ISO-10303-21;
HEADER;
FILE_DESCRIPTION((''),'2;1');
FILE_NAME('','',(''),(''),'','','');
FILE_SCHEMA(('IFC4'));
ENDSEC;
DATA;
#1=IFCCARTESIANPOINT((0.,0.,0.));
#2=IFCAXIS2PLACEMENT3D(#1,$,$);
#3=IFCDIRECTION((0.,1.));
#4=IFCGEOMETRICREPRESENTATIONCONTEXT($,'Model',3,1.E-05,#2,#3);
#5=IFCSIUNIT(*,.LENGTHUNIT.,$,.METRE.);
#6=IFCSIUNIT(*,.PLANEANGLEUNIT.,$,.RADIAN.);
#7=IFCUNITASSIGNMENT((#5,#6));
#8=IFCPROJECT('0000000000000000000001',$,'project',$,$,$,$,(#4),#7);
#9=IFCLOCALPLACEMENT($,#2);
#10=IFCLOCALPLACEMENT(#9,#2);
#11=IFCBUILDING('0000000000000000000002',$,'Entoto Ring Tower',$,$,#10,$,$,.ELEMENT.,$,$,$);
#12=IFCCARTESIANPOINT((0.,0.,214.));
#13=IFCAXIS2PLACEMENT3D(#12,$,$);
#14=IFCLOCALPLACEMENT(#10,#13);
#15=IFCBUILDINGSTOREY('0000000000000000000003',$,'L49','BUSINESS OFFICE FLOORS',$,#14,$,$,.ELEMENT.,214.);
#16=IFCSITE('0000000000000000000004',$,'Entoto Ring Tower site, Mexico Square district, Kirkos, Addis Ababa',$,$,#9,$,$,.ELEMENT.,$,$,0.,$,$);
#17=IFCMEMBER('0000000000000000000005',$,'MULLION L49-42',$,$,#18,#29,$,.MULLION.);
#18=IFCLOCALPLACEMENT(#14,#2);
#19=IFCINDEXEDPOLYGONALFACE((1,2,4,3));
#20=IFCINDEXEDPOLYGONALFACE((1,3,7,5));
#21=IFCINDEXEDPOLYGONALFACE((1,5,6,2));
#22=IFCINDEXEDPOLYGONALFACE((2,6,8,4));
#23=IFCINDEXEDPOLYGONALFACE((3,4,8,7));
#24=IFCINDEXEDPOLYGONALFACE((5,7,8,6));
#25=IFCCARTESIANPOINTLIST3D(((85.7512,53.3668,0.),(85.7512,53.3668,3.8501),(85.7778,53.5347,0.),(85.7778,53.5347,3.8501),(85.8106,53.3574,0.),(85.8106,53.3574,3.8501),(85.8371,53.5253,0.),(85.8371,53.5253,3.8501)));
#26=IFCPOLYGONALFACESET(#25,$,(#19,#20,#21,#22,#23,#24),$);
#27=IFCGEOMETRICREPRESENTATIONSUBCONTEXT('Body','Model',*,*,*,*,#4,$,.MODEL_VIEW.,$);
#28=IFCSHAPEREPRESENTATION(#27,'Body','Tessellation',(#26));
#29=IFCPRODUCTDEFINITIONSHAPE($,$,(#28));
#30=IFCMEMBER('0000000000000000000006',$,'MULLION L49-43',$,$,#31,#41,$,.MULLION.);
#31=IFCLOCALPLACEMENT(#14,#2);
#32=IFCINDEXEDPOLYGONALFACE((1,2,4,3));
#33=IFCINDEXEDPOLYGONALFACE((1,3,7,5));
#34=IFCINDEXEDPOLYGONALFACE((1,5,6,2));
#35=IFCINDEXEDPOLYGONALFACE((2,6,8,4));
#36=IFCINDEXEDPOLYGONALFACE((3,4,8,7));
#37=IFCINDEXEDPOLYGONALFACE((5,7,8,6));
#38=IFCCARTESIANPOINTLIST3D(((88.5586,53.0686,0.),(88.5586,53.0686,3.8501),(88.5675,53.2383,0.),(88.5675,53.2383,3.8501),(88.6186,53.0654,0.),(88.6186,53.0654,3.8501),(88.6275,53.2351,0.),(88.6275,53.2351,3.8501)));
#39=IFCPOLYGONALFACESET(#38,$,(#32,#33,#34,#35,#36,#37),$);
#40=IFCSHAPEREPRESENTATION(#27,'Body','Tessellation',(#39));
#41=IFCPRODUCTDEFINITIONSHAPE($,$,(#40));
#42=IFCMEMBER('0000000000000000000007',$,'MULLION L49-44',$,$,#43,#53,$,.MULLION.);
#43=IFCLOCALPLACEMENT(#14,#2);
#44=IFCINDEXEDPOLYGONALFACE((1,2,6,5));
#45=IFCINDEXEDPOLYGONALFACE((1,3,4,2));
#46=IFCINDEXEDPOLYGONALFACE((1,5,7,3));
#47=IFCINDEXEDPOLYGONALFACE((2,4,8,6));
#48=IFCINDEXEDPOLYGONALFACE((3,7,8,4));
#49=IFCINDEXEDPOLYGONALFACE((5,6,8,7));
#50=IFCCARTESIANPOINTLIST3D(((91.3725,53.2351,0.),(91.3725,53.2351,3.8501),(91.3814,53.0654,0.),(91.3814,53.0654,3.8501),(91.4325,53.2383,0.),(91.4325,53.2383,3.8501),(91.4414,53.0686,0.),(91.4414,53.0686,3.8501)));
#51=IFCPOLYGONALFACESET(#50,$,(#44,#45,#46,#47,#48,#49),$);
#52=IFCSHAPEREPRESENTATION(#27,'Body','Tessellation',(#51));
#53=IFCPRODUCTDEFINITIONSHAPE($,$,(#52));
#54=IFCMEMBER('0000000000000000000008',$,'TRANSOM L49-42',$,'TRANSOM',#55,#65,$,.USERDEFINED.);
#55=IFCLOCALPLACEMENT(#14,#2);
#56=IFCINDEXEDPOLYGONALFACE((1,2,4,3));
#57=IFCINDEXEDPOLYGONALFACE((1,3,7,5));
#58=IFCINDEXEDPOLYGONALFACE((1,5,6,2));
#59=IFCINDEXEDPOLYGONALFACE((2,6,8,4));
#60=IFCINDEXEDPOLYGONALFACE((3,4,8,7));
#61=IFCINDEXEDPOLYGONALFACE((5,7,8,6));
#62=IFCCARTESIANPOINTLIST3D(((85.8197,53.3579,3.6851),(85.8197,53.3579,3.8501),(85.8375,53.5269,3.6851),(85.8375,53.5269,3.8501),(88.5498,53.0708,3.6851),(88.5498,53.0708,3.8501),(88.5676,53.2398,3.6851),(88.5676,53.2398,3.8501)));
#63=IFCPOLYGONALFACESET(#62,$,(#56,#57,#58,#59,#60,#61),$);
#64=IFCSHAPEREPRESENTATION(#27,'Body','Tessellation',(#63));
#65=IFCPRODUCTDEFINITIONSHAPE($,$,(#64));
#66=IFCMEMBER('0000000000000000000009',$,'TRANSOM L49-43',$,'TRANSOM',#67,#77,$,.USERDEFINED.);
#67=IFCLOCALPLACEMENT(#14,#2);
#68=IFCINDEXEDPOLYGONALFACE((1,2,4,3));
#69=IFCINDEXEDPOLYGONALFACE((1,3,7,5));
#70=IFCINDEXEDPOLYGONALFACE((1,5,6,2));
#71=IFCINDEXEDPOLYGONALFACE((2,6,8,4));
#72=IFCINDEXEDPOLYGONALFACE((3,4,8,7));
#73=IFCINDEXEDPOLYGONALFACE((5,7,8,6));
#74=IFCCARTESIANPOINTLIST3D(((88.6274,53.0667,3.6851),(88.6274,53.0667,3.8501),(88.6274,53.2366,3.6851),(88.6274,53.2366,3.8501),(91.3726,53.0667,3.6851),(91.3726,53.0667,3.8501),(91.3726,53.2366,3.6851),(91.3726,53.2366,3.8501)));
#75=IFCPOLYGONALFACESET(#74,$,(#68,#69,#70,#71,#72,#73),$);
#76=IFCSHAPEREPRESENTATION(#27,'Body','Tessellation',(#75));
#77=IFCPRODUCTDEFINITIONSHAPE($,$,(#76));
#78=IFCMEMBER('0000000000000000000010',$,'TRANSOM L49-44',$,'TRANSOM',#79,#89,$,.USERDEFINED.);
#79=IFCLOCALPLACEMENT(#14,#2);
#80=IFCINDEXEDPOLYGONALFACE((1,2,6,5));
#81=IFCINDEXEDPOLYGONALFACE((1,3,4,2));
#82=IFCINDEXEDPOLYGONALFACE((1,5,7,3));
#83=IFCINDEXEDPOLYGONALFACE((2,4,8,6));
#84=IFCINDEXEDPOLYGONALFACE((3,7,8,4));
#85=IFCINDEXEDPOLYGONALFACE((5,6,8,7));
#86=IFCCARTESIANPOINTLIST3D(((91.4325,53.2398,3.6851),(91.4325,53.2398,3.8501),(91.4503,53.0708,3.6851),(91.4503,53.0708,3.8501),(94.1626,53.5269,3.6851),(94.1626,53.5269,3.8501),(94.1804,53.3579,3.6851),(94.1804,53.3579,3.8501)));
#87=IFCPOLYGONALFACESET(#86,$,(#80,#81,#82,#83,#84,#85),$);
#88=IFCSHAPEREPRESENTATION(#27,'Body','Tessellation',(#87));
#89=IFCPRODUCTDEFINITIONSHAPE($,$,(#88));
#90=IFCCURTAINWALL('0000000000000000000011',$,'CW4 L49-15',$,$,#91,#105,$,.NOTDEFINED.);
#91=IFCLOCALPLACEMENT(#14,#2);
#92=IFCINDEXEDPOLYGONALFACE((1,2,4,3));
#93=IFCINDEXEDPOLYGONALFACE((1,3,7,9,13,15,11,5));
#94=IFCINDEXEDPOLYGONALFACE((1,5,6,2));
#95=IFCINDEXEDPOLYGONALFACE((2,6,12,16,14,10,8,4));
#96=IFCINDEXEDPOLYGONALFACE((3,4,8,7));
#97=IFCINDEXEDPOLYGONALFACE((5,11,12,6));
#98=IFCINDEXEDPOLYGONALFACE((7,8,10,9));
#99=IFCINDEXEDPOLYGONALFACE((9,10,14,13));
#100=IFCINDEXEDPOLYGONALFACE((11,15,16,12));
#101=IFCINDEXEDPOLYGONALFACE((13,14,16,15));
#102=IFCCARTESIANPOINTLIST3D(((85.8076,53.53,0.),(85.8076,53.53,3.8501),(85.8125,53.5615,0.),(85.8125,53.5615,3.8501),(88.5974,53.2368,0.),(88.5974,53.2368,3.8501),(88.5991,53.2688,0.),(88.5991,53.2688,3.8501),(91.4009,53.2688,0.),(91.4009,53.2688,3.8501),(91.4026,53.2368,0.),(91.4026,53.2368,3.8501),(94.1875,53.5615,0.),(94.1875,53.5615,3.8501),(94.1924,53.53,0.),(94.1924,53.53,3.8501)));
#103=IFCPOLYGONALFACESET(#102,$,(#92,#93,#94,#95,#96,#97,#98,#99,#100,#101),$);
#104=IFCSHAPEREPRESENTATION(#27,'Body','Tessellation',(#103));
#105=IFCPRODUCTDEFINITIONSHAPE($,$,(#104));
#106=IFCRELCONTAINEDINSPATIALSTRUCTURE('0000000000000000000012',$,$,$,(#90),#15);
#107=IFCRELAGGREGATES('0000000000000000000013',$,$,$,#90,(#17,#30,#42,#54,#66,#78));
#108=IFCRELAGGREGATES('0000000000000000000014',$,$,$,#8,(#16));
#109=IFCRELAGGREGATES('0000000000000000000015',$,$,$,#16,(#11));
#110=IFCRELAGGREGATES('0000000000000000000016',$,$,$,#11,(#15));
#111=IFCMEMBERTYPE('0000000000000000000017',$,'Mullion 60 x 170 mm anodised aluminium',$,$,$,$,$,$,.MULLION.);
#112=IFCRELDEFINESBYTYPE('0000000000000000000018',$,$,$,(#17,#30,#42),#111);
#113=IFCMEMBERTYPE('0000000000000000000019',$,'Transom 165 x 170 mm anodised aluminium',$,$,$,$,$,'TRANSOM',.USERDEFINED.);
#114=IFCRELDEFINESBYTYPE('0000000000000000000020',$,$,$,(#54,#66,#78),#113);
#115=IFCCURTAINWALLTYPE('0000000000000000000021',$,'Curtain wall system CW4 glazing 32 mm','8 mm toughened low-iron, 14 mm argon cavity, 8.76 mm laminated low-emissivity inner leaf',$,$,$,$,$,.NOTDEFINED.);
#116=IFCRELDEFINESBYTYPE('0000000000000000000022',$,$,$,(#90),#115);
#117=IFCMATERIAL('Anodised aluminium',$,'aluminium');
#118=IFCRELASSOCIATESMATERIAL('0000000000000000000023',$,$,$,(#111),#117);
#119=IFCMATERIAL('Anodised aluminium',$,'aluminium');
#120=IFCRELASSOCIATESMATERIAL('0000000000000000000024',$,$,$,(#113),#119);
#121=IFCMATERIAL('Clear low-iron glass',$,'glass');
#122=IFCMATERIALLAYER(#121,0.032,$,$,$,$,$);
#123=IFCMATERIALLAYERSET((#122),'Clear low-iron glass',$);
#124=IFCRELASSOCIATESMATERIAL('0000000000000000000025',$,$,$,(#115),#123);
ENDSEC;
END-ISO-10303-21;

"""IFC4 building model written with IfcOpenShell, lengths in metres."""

from ifc_helpers import new_model, si_unit, direction, frame, origin, origin_2d, place, context, subcontext, project, spatial, polyline, rectangle, outline, extrude, material, layer, layer_set, material_profile, profile_set, type_object, element, aggregate, save


model = new_model("IFC4")

# Units and contexts
model_context = context("Model", 3, precision=1e-05, world=origin(), true_north=direction((0.0, 1.0)))
body_context = subcontext(model_context, "Body", "Model", "MODEL_VIEW")
ifc_project = project(units=[si_unit("LENGTHUNIT", "METRE"), si_unit("PLANEANGLEUNIT", "RADIAN")], contexts=[model_context])

# Members
ifc_material_1 = material(Name="Anodised aluminium", Category="aluminium")
ifc_material_profile_1 = material_profile(ifc_material_1, rectangle(XDim=0.0601, YDim=0.1699, at=origin_2d()), Name="Mullion 60 x 170 mm anodised aluminium")
ifc_profile_set_1 = profile_set([ifc_material_profile_1], Name="Anodised aluminium")
member_type_1 = type_object("IfcMemberType", Name="Mullion 60 x 170 mm anodised aluminium", PredefinedType="MULLION", material=ifc_profile_set_1)
site_placement = place(None, origin())
building_placement = place(site_placement, origin())
storey_placement = place(building_placement, frame((0.0, 0.0, 214.0)))
member_1_placement = place(storey_placement, frame((85.7942, 53.446, 0.0), z_axis=(0.0, 0.0, 1.0), x_axis=(0.987688, -0.156434, 0.0)))
member_1 = element("IfcMember", 1, at=member_1_placement, type_object=member_type_1, Name="MULLION L49-42", PredefinedType="MULLION", context=body_context, shape_type="SweptSolid", body=[
    extrude(rectangle(XDim=0.0601, YDim=0.1699, at=origin_2d()), origin(), (0.0, 0.0, 1.0), 3.8501),
])
member_2_placement = place(storey_placement, frame((88.593, 53.1519, 0.0), z_axis=(0.0, 0.0, 1.0), x_axis=(0.99863, -0.052336, 0.0)))
member_2 = element("IfcMember", 2, at=member_2_placement, type_object=member_type_1, Name="MULLION L49-43", PredefinedType="MULLION", context=body_context, shape_type="SweptSolid", body=[
    extrude(rectangle(XDim=0.0601, YDim=0.1699, at=origin_2d()), origin(), (0.0, 0.0, 1.0), 3.8501),
])
member_3_placement = place(storey_placement, frame((91.407, 53.1519, 0.0), z_axis=(0.0, 0.0, 1.0), x_axis=(0.99863, 0.052336, 0.0)))
member_3 = element("IfcMember", 3, at=member_3_placement, type_object=member_type_1, Name="MULLION L49-44", PredefinedType="MULLION", context=body_context, shape_type="SweptSolid", body=[
    extrude(rectangle(XDim=0.0601, YDim=0.1699, at=origin_2d()), origin(), (0.0, 0.0, 1.0), 3.8501),
])
ifc_material_2 = material(Name="Anodised aluminium", Category="aluminium")
ifc_material_profile_2 = material_profile(ifc_material_2, rectangle(XDim=0.1699, YDim=0.165, at=origin_2d()), Name="Transom 165 x 170 mm anodised aluminium")
ifc_profile_set_2 = profile_set([ifc_material_profile_2], Name="Anodised aluminium")
member_type_2 = type_object("IfcMemberType", Name="Transom 165 x 170 mm anodised aluminium", ElementType="TRANSOM", PredefinedType="USERDEFINED", material=ifc_profile_set_2)
member_4_placement = place(storey_placement, frame((85.8286, 53.4424, 3.7676), z_axis=(0.994515, -0.104592, 0.0), x_axis=(0.104592, 0.994515, 0.0)))
member_4 = element("IfcMember", 4, at=member_4_placement, type_object=member_type_2, Name="TRANSOM L49-42", ObjectType="TRANSOM", PredefinedType="USERDEFINED", context=body_context, shape_type="SweptSolid", body=[
    extrude(rectangle(XDim=0.1699, YDim=0.165, at=origin_2d()), origin(), (0.0, 0.0, 1.0), 2.7451),
])
member_5_placement = place(storey_placement, frame((88.6274, 53.1516, 3.7676), z_axis=(1.0, 0.0, 0.0), x_axis=(0.0, 1.0, 0.0)))
member_5 = element("IfcMember", 5, at=member_5_placement, type_object=member_type_2, Name="TRANSOM L49-43", ObjectType="TRANSOM", PredefinedType="USERDEFINED", context=body_context, shape_type="SweptSolid", body=[
    extrude(rectangle(XDim=0.1699, YDim=0.165, at=origin_2d()), origin(), (0.0, 0.0, 1.0), 2.7451),
])
member_6_placement = place(storey_placement, frame((91.4414, 53.1553, 3.7676), z_axis=(0.994515, 0.104592, 0.0), x_axis=(-0.104592, 0.994515, 0.0)))
member_6 = element("IfcMember", 6, at=member_6_placement, type_object=member_type_2, Name="TRANSOM L49-44", ObjectType="TRANSOM", PredefinedType="USERDEFINED", context=body_context, shape_type="SweptSolid", body=[
    extrude(rectangle(XDim=0.1699, YDim=0.165, at=origin_2d()), origin(), (0.0, 0.0, 1.0), 2.7451),
])

# Site, building, storey
site = spatial("IfcSite", under=ifc_project, at=site_placement, Name="Entoto Ring Tower site, Mexico Square district, Kirkos, Addis Ababa", CompositionType="ELEMENT", RefElevation=0.0)
building = spatial("IfcBuilding", under=site, at=building_placement, Name="Entoto Ring Tower", CompositionType="ELEMENT")
storey = spatial("IfcBuildingStorey", under=building, at=storey_placement, Name="L49", Description="BUSINESS OFFICE FLOORS", CompositionType="ELEMENT", Elevation=214.0)

# Curtain wall
ifc_material_3 = material(Name="Clear low-iron glass", Category="glass")
ifc_layer = layer(ifc_material_3, 0.032)
ifc_layer_set = layer_set([ifc_layer], Name="Clear low-iron glass")
curtain_wall_type = type_object("IfcCurtainWallType", Name="Curtain wall system CW4 glazing 32 mm", Description="8 mm toughened low-iron, 14 mm argon cavity, 8.76 mm laminated low-emissivity inner leaf", PredefinedType="NOTDEFINED", material=ifc_layer_set)
curtain_wall_1_placement = place(storey_placement, origin())
curtain_wall_1 = element("IfcCurtainWall", 7, at=curtain_wall_1_placement, inside=storey, type_object=curtain_wall_type, Name="CW4 L49-15", PredefinedType="NOTDEFINED", context=body_context, shape_type="SweptSolid", body=[
    extrude(outline(polyline([(85.8076, 53.53), (88.5974, 53.2368), (91.4026, 53.2368), (94.1924, 53.53), (94.1875, 53.5615), (91.4009, 53.2688), (88.5991, 53.2688), (85.8125, 53.5615), (85.8076, 53.53)])), origin(), (0.0, 0.0, 1.0), 3.8501),
])
aggregate(curtain_wall_1, [member_1, member_2, member_3, member_4, member_5, member_6])

save(model, "model.ifc")
